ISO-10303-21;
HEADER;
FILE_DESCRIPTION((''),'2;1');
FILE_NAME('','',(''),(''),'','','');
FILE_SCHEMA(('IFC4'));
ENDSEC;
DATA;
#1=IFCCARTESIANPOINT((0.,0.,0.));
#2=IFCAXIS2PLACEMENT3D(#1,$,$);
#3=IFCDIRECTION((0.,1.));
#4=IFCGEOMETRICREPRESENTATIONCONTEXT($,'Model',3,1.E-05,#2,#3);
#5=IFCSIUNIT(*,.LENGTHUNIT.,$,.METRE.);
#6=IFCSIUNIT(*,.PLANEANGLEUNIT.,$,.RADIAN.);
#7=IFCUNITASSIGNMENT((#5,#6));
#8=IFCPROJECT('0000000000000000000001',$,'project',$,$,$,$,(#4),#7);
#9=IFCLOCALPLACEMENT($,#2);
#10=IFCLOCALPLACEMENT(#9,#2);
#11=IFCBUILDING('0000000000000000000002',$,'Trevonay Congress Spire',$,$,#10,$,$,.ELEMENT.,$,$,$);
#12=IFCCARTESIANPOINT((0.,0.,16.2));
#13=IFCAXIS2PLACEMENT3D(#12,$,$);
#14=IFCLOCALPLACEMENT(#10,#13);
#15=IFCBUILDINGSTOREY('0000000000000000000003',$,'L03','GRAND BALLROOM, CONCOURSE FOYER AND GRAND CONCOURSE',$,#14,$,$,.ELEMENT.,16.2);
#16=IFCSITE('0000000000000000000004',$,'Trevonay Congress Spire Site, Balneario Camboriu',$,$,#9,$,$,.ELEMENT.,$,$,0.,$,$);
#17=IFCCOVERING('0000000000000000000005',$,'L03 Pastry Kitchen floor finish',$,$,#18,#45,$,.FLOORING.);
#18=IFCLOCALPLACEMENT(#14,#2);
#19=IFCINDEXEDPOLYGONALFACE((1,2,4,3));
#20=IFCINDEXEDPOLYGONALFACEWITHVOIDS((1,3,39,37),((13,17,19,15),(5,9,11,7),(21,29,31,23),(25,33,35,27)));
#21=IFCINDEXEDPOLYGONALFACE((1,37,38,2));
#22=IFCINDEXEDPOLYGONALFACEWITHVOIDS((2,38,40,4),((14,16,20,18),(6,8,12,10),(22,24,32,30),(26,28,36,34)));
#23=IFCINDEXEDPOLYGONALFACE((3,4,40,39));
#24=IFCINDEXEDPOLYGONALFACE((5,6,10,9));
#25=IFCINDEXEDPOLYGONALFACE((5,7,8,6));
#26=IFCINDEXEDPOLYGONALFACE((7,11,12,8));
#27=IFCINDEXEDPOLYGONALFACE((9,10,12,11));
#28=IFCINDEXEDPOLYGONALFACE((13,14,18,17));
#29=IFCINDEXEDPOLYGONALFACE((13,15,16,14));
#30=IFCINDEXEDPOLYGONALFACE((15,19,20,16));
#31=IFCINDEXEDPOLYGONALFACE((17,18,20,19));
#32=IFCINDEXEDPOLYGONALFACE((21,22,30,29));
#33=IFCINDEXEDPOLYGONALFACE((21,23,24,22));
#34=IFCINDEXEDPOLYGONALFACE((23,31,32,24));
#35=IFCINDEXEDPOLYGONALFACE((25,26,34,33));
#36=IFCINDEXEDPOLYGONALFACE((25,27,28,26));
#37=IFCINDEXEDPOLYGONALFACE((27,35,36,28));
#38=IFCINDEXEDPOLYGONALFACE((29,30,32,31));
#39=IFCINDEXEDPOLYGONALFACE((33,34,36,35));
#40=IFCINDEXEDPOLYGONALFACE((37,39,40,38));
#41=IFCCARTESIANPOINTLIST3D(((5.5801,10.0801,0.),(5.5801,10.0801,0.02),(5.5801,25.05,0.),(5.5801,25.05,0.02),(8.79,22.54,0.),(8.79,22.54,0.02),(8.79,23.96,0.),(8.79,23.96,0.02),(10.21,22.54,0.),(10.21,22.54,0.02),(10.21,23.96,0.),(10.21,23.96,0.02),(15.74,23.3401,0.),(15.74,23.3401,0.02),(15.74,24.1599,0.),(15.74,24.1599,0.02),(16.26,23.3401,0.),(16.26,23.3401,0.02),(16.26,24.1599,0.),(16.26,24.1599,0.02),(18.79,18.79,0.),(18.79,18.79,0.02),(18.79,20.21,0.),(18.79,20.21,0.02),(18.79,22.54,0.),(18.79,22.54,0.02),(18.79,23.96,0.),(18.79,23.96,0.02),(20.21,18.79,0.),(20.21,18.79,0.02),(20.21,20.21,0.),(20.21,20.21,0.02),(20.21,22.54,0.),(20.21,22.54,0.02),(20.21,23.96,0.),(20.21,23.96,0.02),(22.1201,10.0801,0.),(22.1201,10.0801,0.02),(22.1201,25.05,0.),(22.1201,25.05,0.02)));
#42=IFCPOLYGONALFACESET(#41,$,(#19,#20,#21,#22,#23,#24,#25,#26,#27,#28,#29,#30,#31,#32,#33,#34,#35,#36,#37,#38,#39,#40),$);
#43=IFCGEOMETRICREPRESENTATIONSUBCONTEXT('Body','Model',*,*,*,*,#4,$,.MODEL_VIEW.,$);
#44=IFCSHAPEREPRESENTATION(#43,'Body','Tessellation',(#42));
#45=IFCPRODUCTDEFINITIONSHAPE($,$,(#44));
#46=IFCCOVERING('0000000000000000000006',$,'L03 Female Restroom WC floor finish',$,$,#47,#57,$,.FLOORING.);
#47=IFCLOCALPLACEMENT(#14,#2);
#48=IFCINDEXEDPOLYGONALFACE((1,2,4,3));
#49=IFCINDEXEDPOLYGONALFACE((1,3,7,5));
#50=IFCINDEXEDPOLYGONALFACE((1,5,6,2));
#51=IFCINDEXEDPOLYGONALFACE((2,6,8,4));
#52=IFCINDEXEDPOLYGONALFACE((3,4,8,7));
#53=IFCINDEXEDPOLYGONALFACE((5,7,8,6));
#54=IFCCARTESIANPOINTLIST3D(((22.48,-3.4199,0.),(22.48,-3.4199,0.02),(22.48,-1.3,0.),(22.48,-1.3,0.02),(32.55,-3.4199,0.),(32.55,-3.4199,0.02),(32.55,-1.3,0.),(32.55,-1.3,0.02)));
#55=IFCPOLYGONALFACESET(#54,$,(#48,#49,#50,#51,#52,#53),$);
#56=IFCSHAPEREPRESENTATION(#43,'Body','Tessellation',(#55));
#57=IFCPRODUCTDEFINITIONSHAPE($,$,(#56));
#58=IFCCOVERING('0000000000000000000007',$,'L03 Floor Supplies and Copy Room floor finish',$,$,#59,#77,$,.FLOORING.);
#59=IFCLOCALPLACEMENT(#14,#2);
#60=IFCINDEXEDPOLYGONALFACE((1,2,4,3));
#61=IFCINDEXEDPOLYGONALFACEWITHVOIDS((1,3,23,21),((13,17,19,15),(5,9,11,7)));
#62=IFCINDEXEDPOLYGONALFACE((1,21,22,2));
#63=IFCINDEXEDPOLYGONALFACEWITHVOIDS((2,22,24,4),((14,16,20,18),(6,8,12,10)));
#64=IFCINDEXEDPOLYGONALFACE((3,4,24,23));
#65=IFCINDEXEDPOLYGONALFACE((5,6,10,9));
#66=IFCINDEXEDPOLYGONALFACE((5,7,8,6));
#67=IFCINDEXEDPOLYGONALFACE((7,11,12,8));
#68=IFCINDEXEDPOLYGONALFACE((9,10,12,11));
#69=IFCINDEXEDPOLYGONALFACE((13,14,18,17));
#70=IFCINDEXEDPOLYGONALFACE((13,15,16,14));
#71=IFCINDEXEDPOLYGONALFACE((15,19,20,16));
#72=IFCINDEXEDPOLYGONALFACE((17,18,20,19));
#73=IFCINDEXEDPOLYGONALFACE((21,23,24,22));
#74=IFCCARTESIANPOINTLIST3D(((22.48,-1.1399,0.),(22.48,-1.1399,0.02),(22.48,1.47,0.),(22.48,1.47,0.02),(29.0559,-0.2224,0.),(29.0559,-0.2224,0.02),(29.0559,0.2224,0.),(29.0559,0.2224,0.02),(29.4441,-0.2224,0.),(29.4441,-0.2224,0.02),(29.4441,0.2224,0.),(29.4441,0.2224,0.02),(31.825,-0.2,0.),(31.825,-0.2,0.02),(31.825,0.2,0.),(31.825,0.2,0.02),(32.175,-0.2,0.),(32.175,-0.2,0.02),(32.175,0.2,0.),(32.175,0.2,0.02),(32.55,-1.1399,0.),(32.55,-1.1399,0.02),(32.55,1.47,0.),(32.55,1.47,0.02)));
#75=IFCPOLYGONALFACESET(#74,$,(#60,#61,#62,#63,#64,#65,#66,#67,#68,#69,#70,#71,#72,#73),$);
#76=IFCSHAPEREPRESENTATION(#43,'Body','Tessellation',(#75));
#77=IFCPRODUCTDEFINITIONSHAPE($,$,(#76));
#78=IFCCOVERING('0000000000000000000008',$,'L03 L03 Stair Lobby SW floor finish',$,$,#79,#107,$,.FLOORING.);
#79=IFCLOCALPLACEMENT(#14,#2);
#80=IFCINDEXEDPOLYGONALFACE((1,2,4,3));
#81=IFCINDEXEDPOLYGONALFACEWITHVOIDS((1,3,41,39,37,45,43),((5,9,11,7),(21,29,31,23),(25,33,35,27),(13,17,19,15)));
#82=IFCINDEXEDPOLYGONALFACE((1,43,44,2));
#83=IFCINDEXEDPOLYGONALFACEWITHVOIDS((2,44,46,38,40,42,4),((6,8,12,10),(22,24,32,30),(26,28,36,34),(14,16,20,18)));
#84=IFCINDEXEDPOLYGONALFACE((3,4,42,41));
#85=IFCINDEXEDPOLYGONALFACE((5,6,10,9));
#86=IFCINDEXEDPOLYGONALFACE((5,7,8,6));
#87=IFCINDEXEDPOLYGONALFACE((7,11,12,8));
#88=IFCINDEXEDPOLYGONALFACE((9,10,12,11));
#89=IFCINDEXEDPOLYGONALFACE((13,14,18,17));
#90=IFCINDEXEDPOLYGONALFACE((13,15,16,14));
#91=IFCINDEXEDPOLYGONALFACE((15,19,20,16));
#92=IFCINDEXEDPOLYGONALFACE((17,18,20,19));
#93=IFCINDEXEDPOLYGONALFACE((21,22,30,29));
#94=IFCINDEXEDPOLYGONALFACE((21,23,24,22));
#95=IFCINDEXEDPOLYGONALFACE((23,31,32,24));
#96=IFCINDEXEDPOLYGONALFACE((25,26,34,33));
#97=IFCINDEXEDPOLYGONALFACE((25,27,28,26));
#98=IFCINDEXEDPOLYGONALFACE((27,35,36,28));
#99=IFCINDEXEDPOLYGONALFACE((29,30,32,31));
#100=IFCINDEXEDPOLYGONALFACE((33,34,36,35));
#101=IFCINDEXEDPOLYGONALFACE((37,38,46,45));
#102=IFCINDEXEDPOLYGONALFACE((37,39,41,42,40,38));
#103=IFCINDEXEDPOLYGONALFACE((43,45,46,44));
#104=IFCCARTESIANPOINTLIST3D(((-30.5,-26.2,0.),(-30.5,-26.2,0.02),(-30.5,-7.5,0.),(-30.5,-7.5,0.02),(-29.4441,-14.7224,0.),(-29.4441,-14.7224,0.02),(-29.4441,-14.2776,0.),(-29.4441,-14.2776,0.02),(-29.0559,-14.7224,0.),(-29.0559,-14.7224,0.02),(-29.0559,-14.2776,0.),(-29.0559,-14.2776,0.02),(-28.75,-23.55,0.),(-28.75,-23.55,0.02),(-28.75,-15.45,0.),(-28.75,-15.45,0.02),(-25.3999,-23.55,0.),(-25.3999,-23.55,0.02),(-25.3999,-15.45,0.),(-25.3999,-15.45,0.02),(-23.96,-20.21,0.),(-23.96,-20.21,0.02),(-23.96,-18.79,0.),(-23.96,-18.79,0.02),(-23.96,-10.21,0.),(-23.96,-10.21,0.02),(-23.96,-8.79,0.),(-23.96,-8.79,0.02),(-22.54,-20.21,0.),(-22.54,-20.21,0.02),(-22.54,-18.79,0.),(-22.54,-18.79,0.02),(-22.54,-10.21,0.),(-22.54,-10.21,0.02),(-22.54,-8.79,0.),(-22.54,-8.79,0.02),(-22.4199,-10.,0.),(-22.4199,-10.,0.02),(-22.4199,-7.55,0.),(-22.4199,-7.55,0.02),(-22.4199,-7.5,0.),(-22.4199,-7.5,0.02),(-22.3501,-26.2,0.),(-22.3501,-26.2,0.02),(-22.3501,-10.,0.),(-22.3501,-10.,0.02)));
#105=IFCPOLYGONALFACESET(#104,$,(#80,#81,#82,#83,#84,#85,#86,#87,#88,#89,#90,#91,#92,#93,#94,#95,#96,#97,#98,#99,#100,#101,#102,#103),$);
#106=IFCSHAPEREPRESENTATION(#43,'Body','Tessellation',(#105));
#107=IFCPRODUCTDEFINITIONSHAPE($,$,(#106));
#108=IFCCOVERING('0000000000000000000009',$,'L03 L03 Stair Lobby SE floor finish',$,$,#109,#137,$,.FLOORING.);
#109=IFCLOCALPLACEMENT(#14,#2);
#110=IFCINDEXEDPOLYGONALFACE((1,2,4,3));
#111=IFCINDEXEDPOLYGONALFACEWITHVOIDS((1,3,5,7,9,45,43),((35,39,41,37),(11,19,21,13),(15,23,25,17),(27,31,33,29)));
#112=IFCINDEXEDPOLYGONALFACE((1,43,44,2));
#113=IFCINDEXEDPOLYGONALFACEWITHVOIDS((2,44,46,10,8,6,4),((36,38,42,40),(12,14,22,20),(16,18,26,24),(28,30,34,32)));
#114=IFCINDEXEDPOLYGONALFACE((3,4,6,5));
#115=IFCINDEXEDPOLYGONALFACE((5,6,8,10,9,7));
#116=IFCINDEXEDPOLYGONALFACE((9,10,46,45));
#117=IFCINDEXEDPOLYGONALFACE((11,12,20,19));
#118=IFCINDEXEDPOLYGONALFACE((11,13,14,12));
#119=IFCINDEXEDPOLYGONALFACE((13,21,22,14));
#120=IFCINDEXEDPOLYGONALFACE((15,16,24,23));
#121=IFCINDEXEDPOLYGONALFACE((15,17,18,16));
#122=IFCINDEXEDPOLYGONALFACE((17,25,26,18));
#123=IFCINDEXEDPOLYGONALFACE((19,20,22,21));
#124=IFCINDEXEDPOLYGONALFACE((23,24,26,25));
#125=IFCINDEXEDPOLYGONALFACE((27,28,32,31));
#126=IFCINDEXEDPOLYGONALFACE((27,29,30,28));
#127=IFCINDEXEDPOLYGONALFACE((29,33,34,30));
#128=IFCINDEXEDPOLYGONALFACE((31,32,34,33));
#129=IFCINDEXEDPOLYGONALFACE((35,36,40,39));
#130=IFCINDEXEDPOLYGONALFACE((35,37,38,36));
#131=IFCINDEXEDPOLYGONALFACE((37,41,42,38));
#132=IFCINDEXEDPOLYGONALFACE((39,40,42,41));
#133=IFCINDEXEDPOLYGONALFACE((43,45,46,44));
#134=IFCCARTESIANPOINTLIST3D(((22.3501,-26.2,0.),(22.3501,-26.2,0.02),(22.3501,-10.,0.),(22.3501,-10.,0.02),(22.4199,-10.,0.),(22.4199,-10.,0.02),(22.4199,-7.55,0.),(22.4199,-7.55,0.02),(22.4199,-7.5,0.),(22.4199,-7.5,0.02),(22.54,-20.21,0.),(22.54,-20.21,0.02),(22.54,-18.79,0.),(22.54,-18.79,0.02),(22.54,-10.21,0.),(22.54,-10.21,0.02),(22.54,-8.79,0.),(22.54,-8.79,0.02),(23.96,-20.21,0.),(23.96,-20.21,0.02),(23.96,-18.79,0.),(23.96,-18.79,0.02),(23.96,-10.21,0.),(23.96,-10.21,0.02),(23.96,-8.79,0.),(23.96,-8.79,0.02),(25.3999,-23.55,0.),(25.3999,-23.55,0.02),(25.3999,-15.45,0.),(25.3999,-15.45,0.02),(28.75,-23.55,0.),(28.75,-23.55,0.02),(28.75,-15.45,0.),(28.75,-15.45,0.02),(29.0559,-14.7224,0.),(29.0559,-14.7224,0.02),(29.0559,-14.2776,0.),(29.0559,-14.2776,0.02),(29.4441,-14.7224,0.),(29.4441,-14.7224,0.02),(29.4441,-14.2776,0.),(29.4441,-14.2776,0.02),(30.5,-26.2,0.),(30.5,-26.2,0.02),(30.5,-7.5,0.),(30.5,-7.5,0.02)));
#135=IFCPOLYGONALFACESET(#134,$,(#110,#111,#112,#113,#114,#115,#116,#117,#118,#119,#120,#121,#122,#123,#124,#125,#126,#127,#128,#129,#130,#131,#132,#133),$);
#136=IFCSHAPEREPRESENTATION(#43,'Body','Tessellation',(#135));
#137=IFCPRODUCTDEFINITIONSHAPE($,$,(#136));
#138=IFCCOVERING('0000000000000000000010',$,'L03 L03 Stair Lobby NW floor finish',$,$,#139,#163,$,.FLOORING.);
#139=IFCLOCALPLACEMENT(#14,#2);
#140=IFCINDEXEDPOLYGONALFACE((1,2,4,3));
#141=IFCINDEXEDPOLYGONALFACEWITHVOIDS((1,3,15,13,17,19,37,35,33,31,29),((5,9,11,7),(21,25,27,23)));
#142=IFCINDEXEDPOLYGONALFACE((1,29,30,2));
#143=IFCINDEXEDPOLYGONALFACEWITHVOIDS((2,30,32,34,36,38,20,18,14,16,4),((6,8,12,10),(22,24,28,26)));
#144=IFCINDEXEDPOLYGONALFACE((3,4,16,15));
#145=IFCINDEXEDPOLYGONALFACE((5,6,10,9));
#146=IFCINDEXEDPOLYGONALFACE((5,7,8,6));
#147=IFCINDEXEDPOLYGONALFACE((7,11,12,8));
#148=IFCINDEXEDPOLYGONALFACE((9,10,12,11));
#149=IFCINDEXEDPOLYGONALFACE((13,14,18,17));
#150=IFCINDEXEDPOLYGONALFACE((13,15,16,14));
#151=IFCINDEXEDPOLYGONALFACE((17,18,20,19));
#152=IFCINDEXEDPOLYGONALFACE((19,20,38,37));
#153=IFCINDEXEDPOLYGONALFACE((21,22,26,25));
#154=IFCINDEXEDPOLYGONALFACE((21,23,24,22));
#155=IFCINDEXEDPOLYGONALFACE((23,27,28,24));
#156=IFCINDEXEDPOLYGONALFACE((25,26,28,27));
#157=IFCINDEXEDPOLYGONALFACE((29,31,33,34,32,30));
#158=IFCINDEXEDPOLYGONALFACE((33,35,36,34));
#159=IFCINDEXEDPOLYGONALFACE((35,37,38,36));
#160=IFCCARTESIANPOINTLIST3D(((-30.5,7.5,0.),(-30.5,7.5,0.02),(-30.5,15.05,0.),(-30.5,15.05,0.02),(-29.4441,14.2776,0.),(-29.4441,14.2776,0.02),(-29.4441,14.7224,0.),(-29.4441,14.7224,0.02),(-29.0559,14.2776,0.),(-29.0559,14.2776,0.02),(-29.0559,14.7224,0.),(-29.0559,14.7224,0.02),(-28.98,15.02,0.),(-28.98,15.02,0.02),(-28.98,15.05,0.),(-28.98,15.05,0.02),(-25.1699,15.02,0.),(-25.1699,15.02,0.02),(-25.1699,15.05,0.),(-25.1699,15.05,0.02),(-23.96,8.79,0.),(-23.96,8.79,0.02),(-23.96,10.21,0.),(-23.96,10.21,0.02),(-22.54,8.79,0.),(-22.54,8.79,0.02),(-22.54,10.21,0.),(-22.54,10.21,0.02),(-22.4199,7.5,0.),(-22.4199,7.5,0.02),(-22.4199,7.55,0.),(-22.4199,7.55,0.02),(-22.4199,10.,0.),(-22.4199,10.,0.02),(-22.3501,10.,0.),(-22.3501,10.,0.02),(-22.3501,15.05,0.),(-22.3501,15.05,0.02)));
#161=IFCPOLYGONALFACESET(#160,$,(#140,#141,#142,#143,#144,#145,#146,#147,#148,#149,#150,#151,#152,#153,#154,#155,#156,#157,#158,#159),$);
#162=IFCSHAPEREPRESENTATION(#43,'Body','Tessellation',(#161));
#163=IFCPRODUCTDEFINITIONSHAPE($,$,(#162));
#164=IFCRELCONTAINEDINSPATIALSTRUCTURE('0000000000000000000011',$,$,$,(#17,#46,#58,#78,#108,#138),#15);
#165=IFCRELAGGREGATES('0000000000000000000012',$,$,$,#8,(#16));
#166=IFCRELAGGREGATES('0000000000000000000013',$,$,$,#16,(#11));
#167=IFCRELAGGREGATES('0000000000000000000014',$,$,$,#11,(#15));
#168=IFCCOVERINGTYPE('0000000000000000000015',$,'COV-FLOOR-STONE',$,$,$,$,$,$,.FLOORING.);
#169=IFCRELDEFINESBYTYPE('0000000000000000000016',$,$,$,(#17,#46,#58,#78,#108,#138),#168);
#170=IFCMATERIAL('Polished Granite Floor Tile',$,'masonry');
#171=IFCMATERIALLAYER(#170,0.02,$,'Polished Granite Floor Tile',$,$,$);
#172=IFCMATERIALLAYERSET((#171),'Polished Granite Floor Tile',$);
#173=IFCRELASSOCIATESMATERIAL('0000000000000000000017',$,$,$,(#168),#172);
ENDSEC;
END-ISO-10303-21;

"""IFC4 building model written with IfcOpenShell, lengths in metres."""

from ifc_helpers import new_model, si_unit, direction, frame, origin, place, context, subcontext, project, spatial, polyline, outline, extrude, material, layer, layer_set, type_object, element, save


model = new_model("IFC4")

# Units and contexts
model_context = context("Model", 3, precision=1e-05, world=origin(), true_north=direction((0.0, 1.0)))
body_context = subcontext(model_context, "Body", "Model", "MODEL_VIEW")
ifc_project = project(units=[si_unit("LENGTHUNIT", "METRE"), si_unit("PLANEANGLEUNIT", "RADIAN")], contexts=[model_context])

# Site, building, storey
site_placement = place(None, origin())
site = spatial("IfcSite", under=ifc_project, at=site_placement, Name="Trevonay Congress Spire Site, Balneario Camboriu", CompositionType="ELEMENT", RefElevation=0.0)
building_placement = place(site_placement, origin())
building = spatial("IfcBuilding", under=site, at=building_placement, Name="Trevonay Congress Spire", CompositionType="ELEMENT")
storey_placement = place(building_placement, frame((0.0, 0.0, 16.2)))
storey = spatial("IfcBuildingStorey", under=building, at=storey_placement, Name="L03", Description="GRAND BALLROOM, CONCOURSE FOYER AND GRAND CONCOURSE", CompositionType="ELEMENT", Elevation=16.2)

# Coverings
ifc_material_1 = material(Name="Polished Granite Floor Tile", Category="masonry")
ifc_layer_1 = layer(ifc_material_1, 0.02, Name="Polished Granite Floor Tile")
ifc_layer_set_1 = layer_set([ifc_layer_1], Name="Polished Granite Floor Tile")
covering_type_1 = type_object("IfcCoveringType", Name="COV-FLOOR-STONE", PredefinedType="FLOORING", material=ifc_layer_set_1)
covering_1_placement = place(storey_placement, origin())
element("IfcCovering", 1, at=covering_1_placement, inside=storey, type_object=covering_type_1, Name="L03 Pastry Kitchen floor finish", PredefinedType="FLOORING", context=body_context, shape_type="SweptSolid", body=[
    extrude(outline(polyline([(5.5801, 25.05), (22.1201, 25.05), (22.1201, 10.0801), (5.5801, 10.0801), (5.5801, 25.05)]), holes=[polyline([(18.79, 20.21), (18.79, 18.79), (20.21, 18.79), (20.21, 20.21), (18.79, 20.21)]), polyline([(8.79, 23.96), (8.79, 22.54), (10.21, 22.54), (10.21, 23.96), (8.79, 23.96)]), polyline([(18.79, 23.96), (18.79, 22.54), (20.21, 22.54), (20.21, 23.96), (18.79, 23.96)]), polyline([(15.74, 24.1599), (15.74, 23.3401), (16.26, 23.3401), (16.26, 24.1599), (15.74, 24.1599)])]), origin(), (0.0, 0.0, 1.0), 0.02),
])
covering_2_placement = place(storey_placement, origin())
element("IfcCovering", 2, at=covering_2_placement, inside=storey, type_object=covering_type_1, Name="L03 Female Restroom WC floor finish", PredefinedType="FLOORING", context=body_context, shape_type="SweptSolid", body=[
    extrude(outline(polyline([(22.48, -3.4199), (32.55, -3.4199), (32.55, -1.3), (22.48, -1.3), (22.48, -3.4199)])), origin(), (0.0, 0.0, 1.0), 0.02),
])
covering_3_placement = place(storey_placement, origin())
element("IfcCovering", 3, at=covering_3_placement, inside=storey, type_object=covering_type_1, Name="L03 Floor Supplies and Copy Room floor finish", PredefinedType="FLOORING", context=body_context, shape_type="SweptSolid", body=[
    extrude(outline(polyline([(22.48, 1.47), (32.55, 1.47), (32.55, -1.1399), (22.48, -1.1399), (22.48, 1.47)]), holes=[polyline([(29.0559, -0.2224), (29.4441, -0.2224), (29.4441, 0.2224), (29.0559, 0.2224), (29.0559, -0.2224)]), polyline([(31.825, -0.2), (32.175, -0.2), (32.175, 0.2), (31.825, 0.2), (31.825, -0.2)])]), origin(), (0.0, 0.0, 1.0), 0.02),
])
covering_4_placement = place(storey_placement, origin())
element("IfcCovering", 4, at=covering_4_placement, inside=storey, type_object=covering_type_1, Name="L03 L03 Stair Lobby SW floor finish", PredefinedType="FLOORING", context=body_context, shape_type="SweptSolid", body=[
    extrude(outline(polyline([(-30.5, -26.2), (-30.5, -7.5), (-22.4199, -7.5), (-22.4199, -7.55), (-22.4199, -10.0), (-22.3501, -10.0), (-22.3501, -26.2), (-30.5, -26.2)]), holes=[polyline([(-22.54, -20.21), (-22.54, -18.79), (-23.96, -18.79), (-23.96, -20.21), (-22.54, -20.21)]), polyline([(-29.4441, -14.7224), (-29.0559, -14.7224), (-29.0559, -14.2776), (-29.4441, -14.2776), (-29.4441, -14.7224)]), polyline([(-23.96, -10.21), (-22.54, -10.21), (-22.54, -8.79), (-23.96, -8.79), (-23.96, -10.21)]), polyline([(-28.75, -15.45), (-28.75, -23.55), (-25.3999, -23.55), (-25.3999, -15.45), (-28.75, -15.45)])]), origin(), (0.0, 0.0, 1.0), 0.02),
])
covering_5_placement = place(storey_placement, origin())
element("IfcCovering", 5, at=covering_5_placement, inside=storey, type_object=covering_type_1, Name="L03 L03 Stair Lobby SE floor finish", PredefinedType="FLOORING", context=body_context, shape_type="SweptSolid", body=[
    extrude(outline(polyline([(22.3501, -26.2), (22.3501, -10.0), (22.4199, -10.0), (22.4199, -7.55), (22.4199, -7.5), (30.5, -7.5), (30.5, -26.2), (22.3501, -26.2)]), holes=[polyline([(23.96, -20.21), (23.96, -18.79), (22.54, -18.79), (22.54, -20.21), (23.96, -20.21)]), polyline([(29.0559, -14.7224), (29.4441, -14.7224), (29.4441, -14.2776), (29.0559, -14.2776), (29.0559, -14.7224)]), polyline([(22.54, -10.21), (23.96, -10.21), (23.96, -8.79), (22.54, -8.79), (22.54, -10.21)]), polyline([(28.75, -15.45), (25.3999, -15.45), (25.3999, -23.55), (28.75, -23.55), (28.75, -15.45)])]), origin(), (0.0, 0.0, 1.0), 0.02),
])
covering_6_placement = place(storey_placement, origin())
element("IfcCovering", 6, at=covering_6_placement, inside=storey, type_object=covering_type_1, Name="L03 L03 Stair Lobby NW floor finish", PredefinedType="FLOORING", context=body_context, shape_type="SweptSolid", body=[
    extrude(outline(polyline([(-25.1699, 15.02), (-25.1699, 15.05), (-22.3501, 15.05), (-22.3501, 10.0), (-22.4199, 10.0), (-22.4199, 7.55), (-22.4199, 7.5), (-30.5, 7.5), (-30.5, 15.05), (-28.98, 15.05), (-28.98, 15.02), (-25.1699, 15.02)]), holes=[polyline([(-22.54, 8.79), (-22.54, 10.21), (-23.96, 10.21), (-23.96, 8.79), (-22.54, 8.79)]), polyline([(-29.0559, 14.2776), (-29.0559, 14.7224), (-29.4441, 14.7224), (-29.4441, 14.2776), (-29.0559, 14.2776)])]), origin(), (0.0, 0.0, 1.0), 0.02),
])

save(model, "model.ifc")
